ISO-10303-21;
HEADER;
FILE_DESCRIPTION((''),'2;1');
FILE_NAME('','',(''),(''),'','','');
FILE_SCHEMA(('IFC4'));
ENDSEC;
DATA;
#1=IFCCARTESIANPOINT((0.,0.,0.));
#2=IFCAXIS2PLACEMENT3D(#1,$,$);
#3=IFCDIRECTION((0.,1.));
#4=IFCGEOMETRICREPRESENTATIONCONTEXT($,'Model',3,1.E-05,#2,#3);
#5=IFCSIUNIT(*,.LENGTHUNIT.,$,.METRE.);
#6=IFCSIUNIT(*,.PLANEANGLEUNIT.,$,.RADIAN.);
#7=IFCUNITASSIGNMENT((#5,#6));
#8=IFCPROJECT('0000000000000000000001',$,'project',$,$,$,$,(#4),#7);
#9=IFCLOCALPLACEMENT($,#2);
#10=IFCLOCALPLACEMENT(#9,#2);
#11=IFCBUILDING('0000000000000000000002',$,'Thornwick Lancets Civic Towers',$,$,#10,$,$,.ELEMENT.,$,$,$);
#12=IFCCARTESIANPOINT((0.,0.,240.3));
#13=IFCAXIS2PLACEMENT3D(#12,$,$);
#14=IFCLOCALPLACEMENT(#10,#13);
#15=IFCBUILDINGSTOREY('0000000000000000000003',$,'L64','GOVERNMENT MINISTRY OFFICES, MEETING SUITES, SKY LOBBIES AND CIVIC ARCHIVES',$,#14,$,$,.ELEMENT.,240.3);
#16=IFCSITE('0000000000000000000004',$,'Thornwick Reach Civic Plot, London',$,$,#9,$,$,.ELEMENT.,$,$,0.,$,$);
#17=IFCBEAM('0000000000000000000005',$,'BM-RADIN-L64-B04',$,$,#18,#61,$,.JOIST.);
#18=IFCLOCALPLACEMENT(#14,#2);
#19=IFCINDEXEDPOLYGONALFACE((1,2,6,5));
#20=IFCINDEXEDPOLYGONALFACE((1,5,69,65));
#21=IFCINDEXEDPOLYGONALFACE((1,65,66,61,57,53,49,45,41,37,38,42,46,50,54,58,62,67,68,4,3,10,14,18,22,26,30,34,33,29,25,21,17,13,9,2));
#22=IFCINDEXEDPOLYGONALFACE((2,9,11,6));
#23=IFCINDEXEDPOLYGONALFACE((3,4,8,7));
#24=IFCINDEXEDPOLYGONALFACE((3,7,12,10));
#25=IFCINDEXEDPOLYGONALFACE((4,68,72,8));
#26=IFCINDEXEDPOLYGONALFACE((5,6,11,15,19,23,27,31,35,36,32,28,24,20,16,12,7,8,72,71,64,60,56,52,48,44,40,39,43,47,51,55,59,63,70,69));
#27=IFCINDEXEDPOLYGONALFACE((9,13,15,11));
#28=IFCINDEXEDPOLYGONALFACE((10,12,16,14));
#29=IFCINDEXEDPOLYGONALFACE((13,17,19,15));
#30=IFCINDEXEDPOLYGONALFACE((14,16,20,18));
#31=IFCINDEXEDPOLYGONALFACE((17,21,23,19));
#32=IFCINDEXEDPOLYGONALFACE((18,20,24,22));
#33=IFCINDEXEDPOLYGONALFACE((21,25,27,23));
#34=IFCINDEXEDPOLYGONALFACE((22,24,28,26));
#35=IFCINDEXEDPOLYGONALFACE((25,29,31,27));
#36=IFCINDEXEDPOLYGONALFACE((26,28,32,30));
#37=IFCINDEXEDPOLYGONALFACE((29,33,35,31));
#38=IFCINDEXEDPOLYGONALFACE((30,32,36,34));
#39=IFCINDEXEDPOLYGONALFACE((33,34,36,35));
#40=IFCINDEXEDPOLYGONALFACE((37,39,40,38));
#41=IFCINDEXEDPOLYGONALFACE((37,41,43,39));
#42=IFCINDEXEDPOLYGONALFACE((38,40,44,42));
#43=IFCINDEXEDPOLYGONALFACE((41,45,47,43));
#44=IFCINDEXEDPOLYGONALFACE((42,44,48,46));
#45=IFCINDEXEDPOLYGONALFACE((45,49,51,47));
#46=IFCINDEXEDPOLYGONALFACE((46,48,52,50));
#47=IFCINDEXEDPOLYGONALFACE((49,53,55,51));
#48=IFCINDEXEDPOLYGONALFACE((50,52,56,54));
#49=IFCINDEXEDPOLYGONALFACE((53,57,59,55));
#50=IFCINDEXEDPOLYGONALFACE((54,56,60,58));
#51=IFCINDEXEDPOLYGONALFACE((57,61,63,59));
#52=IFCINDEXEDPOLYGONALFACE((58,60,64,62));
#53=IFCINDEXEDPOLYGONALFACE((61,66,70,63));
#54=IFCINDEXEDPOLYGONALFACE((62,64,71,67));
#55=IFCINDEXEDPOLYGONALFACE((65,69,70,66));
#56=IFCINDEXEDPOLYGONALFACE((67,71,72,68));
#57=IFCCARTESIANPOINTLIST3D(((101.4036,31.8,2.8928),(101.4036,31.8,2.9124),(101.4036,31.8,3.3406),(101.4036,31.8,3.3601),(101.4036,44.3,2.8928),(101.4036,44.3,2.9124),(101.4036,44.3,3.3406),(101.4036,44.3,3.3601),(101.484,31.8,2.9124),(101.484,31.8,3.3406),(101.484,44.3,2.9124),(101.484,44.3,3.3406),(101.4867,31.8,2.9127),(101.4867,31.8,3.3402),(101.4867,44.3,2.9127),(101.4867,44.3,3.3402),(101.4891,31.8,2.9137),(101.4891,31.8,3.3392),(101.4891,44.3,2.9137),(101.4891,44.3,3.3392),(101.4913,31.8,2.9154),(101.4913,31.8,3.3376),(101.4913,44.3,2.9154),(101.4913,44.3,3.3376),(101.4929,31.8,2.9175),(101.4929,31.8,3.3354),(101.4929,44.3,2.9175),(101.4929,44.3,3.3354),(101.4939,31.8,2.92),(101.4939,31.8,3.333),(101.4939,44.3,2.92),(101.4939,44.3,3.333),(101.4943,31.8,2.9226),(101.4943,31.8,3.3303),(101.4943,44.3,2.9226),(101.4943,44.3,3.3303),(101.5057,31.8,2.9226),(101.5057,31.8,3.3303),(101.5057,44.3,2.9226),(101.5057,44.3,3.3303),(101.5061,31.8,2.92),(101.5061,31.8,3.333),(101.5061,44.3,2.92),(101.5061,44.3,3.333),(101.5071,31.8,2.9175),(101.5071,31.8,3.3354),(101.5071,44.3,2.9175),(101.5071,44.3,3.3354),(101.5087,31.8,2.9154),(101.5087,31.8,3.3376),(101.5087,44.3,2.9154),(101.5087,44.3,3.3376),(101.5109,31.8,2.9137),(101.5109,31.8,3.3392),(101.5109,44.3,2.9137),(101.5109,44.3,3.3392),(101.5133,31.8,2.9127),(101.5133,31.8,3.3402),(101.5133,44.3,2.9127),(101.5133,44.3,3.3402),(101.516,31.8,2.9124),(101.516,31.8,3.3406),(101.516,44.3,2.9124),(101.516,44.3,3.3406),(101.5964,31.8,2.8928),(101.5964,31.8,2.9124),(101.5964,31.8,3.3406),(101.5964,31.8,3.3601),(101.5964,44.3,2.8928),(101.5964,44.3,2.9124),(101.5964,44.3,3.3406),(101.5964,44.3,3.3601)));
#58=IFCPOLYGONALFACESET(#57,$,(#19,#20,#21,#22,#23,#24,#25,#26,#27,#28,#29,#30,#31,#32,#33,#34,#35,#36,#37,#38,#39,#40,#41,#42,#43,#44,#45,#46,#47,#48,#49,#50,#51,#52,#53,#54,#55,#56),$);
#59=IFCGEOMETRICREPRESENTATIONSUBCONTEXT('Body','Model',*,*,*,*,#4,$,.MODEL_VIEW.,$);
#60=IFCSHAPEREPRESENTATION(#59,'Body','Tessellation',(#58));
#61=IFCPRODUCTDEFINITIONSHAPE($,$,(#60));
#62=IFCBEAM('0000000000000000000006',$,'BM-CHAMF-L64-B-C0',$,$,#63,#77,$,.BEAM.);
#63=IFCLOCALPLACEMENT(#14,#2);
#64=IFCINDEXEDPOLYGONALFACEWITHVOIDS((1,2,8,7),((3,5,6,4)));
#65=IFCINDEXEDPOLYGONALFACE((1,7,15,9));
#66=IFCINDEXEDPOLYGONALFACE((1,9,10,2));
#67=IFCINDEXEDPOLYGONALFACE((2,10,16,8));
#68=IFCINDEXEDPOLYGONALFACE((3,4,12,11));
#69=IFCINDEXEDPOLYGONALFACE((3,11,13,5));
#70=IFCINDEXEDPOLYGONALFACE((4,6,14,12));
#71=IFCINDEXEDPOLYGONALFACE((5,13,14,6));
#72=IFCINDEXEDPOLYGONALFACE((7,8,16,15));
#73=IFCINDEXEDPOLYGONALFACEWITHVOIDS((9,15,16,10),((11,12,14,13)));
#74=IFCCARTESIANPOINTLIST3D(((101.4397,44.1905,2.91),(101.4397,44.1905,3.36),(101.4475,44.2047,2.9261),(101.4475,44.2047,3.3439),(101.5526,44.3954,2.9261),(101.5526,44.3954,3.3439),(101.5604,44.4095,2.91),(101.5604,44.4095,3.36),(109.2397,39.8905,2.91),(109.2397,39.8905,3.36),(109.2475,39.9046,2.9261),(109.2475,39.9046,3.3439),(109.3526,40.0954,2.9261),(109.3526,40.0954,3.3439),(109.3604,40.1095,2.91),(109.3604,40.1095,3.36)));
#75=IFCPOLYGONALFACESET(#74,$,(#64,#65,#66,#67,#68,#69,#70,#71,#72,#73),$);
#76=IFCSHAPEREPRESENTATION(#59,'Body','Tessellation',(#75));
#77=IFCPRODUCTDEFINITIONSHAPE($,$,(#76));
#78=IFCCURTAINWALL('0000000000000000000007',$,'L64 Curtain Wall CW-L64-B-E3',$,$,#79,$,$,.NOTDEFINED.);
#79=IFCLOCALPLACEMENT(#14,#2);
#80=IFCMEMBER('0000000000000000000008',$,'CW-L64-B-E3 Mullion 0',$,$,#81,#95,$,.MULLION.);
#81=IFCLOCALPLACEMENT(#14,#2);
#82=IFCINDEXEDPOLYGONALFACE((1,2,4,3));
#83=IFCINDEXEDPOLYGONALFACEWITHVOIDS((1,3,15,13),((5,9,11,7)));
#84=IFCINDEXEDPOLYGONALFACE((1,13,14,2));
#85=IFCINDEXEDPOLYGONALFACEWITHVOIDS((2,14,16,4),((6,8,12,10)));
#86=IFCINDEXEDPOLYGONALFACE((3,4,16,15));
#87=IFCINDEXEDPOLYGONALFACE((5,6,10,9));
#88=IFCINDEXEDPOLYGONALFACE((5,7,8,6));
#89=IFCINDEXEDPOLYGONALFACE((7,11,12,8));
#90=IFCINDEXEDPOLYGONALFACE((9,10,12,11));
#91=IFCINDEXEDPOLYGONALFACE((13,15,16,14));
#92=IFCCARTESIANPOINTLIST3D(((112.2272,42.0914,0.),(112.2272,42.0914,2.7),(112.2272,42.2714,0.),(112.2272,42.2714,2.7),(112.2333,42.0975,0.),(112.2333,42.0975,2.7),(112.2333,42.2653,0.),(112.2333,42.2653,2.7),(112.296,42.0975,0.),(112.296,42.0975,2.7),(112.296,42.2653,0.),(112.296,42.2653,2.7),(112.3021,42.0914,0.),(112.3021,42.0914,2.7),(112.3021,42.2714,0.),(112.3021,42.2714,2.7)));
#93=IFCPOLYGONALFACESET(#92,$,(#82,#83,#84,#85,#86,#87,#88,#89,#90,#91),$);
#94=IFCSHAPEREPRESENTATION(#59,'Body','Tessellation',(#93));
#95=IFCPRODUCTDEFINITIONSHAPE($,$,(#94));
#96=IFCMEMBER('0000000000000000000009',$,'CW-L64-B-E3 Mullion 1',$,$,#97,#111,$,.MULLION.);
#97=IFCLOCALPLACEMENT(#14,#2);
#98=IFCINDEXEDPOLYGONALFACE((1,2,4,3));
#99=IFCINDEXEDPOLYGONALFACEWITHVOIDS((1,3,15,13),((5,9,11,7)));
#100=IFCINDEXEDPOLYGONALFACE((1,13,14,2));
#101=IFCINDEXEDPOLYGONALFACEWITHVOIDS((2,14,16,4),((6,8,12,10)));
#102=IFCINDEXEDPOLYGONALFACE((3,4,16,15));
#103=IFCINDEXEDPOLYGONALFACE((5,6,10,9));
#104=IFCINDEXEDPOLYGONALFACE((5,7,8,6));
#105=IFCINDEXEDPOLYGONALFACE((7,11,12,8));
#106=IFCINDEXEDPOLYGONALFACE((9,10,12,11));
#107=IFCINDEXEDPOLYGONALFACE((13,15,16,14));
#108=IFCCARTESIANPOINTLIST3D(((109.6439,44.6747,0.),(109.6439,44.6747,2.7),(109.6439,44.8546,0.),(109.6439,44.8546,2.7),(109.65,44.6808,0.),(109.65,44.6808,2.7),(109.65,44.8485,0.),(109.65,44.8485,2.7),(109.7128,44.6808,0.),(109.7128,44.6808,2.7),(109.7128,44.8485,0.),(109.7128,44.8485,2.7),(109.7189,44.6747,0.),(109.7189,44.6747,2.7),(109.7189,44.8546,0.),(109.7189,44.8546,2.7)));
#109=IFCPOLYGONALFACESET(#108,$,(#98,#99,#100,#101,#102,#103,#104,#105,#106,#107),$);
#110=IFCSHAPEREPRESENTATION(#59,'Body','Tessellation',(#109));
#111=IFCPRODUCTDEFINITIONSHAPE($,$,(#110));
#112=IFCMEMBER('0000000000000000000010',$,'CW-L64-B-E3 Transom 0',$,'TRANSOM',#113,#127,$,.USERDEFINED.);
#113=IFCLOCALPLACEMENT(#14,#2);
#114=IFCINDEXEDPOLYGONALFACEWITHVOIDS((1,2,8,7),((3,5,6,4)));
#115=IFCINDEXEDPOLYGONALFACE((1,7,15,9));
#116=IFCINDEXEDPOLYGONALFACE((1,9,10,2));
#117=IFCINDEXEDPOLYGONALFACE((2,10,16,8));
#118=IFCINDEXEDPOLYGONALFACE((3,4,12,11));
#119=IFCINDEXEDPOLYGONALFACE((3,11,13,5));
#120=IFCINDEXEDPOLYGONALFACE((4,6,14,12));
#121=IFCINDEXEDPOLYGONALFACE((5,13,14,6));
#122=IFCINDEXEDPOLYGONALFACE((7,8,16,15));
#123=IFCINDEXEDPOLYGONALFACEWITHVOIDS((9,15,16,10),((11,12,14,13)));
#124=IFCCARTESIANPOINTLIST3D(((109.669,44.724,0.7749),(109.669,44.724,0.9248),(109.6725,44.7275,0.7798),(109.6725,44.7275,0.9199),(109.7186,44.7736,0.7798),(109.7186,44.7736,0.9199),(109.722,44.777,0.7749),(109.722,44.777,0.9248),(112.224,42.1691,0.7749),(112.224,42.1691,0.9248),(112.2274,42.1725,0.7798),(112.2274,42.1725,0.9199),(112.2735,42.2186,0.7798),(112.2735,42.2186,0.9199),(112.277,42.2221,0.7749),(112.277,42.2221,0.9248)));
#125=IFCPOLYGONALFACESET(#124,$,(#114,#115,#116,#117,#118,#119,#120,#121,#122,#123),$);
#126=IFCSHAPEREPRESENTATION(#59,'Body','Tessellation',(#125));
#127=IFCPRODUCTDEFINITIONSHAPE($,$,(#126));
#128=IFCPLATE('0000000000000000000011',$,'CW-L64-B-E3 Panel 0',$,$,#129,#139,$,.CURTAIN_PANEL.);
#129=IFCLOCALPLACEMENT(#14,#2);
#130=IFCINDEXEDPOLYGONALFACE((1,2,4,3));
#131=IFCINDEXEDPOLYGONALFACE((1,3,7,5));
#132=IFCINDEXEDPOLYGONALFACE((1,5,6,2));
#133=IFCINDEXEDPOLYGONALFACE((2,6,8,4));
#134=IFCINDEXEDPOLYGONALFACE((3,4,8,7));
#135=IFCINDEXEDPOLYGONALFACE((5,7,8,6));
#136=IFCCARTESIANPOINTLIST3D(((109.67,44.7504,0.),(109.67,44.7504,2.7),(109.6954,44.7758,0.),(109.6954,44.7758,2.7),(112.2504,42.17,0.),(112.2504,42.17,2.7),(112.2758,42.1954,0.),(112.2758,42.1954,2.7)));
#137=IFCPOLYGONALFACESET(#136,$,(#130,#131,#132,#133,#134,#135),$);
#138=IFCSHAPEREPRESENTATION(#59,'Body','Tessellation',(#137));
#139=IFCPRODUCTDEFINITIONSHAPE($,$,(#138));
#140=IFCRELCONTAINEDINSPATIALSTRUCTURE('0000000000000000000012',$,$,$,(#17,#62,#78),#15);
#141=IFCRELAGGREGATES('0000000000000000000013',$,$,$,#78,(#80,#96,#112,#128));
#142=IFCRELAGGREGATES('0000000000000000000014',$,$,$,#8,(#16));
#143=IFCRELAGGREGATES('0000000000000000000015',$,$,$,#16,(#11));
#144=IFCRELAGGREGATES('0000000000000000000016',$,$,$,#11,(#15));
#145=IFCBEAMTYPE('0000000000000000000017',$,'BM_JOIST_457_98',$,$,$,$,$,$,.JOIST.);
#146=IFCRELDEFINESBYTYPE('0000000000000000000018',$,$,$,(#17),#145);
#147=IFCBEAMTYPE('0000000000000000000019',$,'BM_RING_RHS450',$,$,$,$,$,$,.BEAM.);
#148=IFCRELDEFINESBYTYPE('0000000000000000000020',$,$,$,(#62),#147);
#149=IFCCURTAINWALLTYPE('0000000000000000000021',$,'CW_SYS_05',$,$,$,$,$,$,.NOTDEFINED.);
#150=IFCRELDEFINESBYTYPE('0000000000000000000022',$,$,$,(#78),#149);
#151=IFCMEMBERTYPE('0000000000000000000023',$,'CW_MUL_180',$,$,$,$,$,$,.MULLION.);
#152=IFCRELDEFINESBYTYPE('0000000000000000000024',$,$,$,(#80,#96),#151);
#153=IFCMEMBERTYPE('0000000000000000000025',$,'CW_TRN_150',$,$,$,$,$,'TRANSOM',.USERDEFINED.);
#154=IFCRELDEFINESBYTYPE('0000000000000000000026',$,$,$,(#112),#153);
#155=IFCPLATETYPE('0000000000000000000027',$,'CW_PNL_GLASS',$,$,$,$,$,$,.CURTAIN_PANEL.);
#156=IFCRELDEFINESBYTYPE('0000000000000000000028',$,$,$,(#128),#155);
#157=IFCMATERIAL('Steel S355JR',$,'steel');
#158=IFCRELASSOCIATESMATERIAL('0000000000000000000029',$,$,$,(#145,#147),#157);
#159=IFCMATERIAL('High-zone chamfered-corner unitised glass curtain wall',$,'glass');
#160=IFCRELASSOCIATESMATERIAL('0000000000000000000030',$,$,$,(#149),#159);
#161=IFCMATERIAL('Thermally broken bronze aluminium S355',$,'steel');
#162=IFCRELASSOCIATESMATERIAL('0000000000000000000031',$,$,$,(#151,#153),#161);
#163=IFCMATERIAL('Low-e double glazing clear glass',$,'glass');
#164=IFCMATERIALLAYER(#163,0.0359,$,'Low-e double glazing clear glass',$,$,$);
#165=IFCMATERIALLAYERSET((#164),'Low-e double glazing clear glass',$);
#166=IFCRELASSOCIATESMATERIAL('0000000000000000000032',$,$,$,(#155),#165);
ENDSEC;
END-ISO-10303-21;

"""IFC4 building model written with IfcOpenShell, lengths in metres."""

from ifc_helpers import new_model, si_unit, direction, frame, origin, origin_2d, place, context, subcontext, project, spatial, rectangle, hollow_rectangle, i_section, extrude, material, layer, layer_set, material_profile, profile_set, type_object, element, aggregate, save


model = new_model("IFC4")

# Units and contexts
model_context = context("Model", 3, precision=1e-05, world=origin(), true_north=direction((0.0, 1.0)))
body_context = subcontext(model_context, "Body", "Model", "MODEL_VIEW")
ifc_project = project(units=[si_unit("LENGTHUNIT", "METRE"), si_unit("PLANEANGLEUNIT", "RADIAN")], contexts=[model_context])

# Site, building, storey
site_placement = place(None, origin())
site = spatial("IfcSite", under=ifc_project, at=site_placement, Name="Thornwick Reach Civic Plot, London", CompositionType="ELEMENT", RefElevation=0.0)
building_placement = place(site_placement, origin())
building = spatial("IfcBuilding", under=site, at=building_placement, Name="Thornwick Lancets Civic Towers", CompositionType="ELEMENT")
storey_placement = place(building_placement, frame((0.0, 0.0, 240.3)))
storey = spatial("IfcBuildingStorey", under=building, at=storey_placement, Name="L64", Description="GOVERNMENT MINISTRY OFFICES, MEETING SUITES, SKY LOBBIES AND CIVIC ARCHIVES", CompositionType="ELEMENT", Elevation=240.3)

# Shared definitions
ifc_material_1 = material(Name="Steel S355JR", Category="steel")

# Beams
ifc_material_profile_1 = material_profile(ifc_material_1, i_section(OverallWidth=0.1929, OverallDepth=0.4673, WebThickness=0.0115, FlangeThickness=0.0195, FilletRadius=0.0103, at=origin_2d()), Name="UKB 457x191x98")
ifc_profile_set_1 = profile_set([ifc_material_profile_1], Name="Steel S355JR")
beam_type_1 = type_object("IfcBeamType", Name="BM_JOIST_457_98", PredefinedType="JOIST", material=ifc_profile_set_1)
beam_1_placement = place(storey_placement, frame((101.5, 31.8, 3.1265), z_axis=(0.0, 1.0, 0.0), x_axis=(-1.0, 0.0, 0.0)))
element("IfcBeam", 1, at=beam_1_placement, inside=storey, type_object=beam_type_1, Name="BM-RADIN-L64-B04", PredefinedType="JOIST", context=body_context, shape_type="SweptSolid", body=[
    extrude(i_section(OverallWidth=0.1929, OverallDepth=0.4673, WebThickness=0.0115, FlangeThickness=0.0195, FilletRadius=0.0103, at=origin_2d()), origin(), (0.0, 0.0, 1.0), 12.5),
])
ifc_material_profile_2 = material_profile(ifc_material_1, hollow_rectangle(XDim=0.25, YDim=0.45, WallThickness=0.0161, at=origin_2d()), Name="RHS 450x250x16")
ifc_profile_set_2 = profile_set([ifc_material_profile_2], Name="Steel S355JR")
beam_type_2 = type_object("IfcBeamType", Name="BM_RING_RHS450", PredefinedType="BEAM", material=ifc_profile_set_2)
beam_2_placement = place(storey_placement, frame((109.3, 40.0, 3.135), z_axis=(-0.87574, 0.482782, 0.0), x_axis=(-0.482782, -0.87574, 0.0)))
element("IfcBeam", 2, at=beam_2_placement, inside=storey, type_object=beam_type_2, Name="BM-CHAMF-L64-B-C0", PredefinedType="BEAM", context=body_context, shape_type="SweptSolid", body=[
    extrude(hollow_rectangle(XDim=0.25, YDim=0.45, WallThickness=0.0161, at=origin_2d()), origin(), (0.0, 0.0, 1.0), 8.9067),
])

# Curtain wall, members, plate
ifc_material_2 = material(Name="High-zone chamfered-corner unitised glass curtain wall", Category="glass")
curtain_wall_type = type_object("IfcCurtainWallType", Name="CW_SYS_05", PredefinedType="NOTDEFINED", material=ifc_material_2)
curtain_wall_placement = place(storey_placement, origin())
curtain_wall = element("IfcCurtainWall", 3, at=curtain_wall_placement, inside=storey, type_object=curtain_wall_type, Name="L64 Curtain Wall CW-L64-B-E3", PredefinedType="NOTDEFINED")
ifc_material_3 = material(Name="Thermally broken bronze aluminium S355", Category="steel")
ifc_material_profile_3 = material_profile(ifc_material_3, hollow_rectangle(XDim=0.075, YDim=0.1799, WallThickness=0.0061, at=origin_2d()), Name="RHS 180x75x6")
ifc_profile_set_3 = profile_set([ifc_material_profile_3], Name="Thermally broken bronze aluminium S355")
member_type_1 = type_object("IfcMemberType", Name="CW_MUL_180", PredefinedType="MULLION", material=ifc_profile_set_3)
member_1_placement = place(storey_placement, frame((112.2646, 42.1814, 0.0), z_axis=(0.0, 0.0, 1.0), x_axis=(1.0, 0.0, 0.0)))
member_1 = element("IfcMember", 4, at=member_1_placement, type_object=member_type_1, Name="CW-L64-B-E3 Mullion 0", PredefinedType="MULLION", context=body_context, shape_type="SweptSolid", body=[
    extrude(hollow_rectangle(XDim=0.075, YDim=0.1799, WallThickness=0.0061, at=origin_2d()), origin(), (0.0, 0.0, 1.0), 2.7),
])
member_2_placement = place(storey_placement, frame((109.6814, 44.7646, 0.0), z_axis=(0.0, 0.0, 1.0), x_axis=(1.0, 0.0, 0.0)))
member_2 = element("IfcMember", 5, at=member_2_placement, type_object=member_type_1, Name="CW-L64-B-E3 Mullion 1", PredefinedType="MULLION", context=body_context, shape_type="SweptSolid", body=[
    extrude(hollow_rectangle(XDim=0.075, YDim=0.1799, WallThickness=0.0061, at=origin_2d()), origin(), (0.0, 0.0, 1.0), 2.7),
])
ifc_material_profile_4 = material_profile(ifc_material_3, hollow_rectangle(XDim=0.075, YDim=0.1499, WallThickness=0.0049, at=origin_2d()), Name="RHS 150x75x5")
ifc_profile_set_4 = profile_set([ifc_material_profile_4], Name="Thermally broken bronze aluminium S355")
member_type_2 = type_object("IfcMemberType", Name="CW_TRN_150", ElementType="TRANSOM", PredefinedType="USERDEFINED", material=ifc_profile_set_4)
member_3_placement = place(storey_placement, frame((112.2505, 42.1956, 0.8499), z_axis=(-0.707107, 0.707107, 0.0), x_axis=(-0.707107, -0.707107, 0.0)))
member_3 = element("IfcMember", 6, at=member_3_placement, type_object=member_type_2, Name="CW-L64-B-E3 Transom 0", ObjectType="TRANSOM", PredefinedType="USERDEFINED", context=body_context, shape_type="SweptSolid", body=[
    extrude(hollow_rectangle(XDim=0.075, YDim=0.1499, WallThickness=0.0049, at=origin_2d()), origin(), (0.0, 0.0, 1.0), 3.6133),
])
ifc_material_4 = material(Name="Low-e double glazing clear glass", Category="glass")
ifc_layer_1 = layer(ifc_material_4, 0.0359, Name="Low-e double glazing clear glass")
ifc_layer_set_1 = layer_set([ifc_layer_1], Name="Low-e double glazing clear glass")
plate_type = type_object("IfcPlateType", Name="CW_PNL_GLASS", PredefinedType="CURTAIN_PANEL", material=ifc_layer_set_1)
plate_placement = place(storey_placement, frame((110.9729, 43.4729, 0.0), z_axis=(0.0, 0.0, 1.0), x_axis=(-0.707107, 0.707107, 0.0)))
plate = element("IfcPlate", 7, at=plate_placement, type_object=plate_type, Name="CW-L64-B-E3 Panel 0", PredefinedType="CURTAIN_PANEL", context=body_context, shape_type="SweptSolid", body=[
    extrude(rectangle(XDim=3.6492, YDim=0.0359, at=origin_2d()), origin(), (0.0, 0.0, 1.0), 2.7),
])
aggregate(curtain_wall, [member_1, member_2, member_3, plate])

save(model, "model.ifc")
